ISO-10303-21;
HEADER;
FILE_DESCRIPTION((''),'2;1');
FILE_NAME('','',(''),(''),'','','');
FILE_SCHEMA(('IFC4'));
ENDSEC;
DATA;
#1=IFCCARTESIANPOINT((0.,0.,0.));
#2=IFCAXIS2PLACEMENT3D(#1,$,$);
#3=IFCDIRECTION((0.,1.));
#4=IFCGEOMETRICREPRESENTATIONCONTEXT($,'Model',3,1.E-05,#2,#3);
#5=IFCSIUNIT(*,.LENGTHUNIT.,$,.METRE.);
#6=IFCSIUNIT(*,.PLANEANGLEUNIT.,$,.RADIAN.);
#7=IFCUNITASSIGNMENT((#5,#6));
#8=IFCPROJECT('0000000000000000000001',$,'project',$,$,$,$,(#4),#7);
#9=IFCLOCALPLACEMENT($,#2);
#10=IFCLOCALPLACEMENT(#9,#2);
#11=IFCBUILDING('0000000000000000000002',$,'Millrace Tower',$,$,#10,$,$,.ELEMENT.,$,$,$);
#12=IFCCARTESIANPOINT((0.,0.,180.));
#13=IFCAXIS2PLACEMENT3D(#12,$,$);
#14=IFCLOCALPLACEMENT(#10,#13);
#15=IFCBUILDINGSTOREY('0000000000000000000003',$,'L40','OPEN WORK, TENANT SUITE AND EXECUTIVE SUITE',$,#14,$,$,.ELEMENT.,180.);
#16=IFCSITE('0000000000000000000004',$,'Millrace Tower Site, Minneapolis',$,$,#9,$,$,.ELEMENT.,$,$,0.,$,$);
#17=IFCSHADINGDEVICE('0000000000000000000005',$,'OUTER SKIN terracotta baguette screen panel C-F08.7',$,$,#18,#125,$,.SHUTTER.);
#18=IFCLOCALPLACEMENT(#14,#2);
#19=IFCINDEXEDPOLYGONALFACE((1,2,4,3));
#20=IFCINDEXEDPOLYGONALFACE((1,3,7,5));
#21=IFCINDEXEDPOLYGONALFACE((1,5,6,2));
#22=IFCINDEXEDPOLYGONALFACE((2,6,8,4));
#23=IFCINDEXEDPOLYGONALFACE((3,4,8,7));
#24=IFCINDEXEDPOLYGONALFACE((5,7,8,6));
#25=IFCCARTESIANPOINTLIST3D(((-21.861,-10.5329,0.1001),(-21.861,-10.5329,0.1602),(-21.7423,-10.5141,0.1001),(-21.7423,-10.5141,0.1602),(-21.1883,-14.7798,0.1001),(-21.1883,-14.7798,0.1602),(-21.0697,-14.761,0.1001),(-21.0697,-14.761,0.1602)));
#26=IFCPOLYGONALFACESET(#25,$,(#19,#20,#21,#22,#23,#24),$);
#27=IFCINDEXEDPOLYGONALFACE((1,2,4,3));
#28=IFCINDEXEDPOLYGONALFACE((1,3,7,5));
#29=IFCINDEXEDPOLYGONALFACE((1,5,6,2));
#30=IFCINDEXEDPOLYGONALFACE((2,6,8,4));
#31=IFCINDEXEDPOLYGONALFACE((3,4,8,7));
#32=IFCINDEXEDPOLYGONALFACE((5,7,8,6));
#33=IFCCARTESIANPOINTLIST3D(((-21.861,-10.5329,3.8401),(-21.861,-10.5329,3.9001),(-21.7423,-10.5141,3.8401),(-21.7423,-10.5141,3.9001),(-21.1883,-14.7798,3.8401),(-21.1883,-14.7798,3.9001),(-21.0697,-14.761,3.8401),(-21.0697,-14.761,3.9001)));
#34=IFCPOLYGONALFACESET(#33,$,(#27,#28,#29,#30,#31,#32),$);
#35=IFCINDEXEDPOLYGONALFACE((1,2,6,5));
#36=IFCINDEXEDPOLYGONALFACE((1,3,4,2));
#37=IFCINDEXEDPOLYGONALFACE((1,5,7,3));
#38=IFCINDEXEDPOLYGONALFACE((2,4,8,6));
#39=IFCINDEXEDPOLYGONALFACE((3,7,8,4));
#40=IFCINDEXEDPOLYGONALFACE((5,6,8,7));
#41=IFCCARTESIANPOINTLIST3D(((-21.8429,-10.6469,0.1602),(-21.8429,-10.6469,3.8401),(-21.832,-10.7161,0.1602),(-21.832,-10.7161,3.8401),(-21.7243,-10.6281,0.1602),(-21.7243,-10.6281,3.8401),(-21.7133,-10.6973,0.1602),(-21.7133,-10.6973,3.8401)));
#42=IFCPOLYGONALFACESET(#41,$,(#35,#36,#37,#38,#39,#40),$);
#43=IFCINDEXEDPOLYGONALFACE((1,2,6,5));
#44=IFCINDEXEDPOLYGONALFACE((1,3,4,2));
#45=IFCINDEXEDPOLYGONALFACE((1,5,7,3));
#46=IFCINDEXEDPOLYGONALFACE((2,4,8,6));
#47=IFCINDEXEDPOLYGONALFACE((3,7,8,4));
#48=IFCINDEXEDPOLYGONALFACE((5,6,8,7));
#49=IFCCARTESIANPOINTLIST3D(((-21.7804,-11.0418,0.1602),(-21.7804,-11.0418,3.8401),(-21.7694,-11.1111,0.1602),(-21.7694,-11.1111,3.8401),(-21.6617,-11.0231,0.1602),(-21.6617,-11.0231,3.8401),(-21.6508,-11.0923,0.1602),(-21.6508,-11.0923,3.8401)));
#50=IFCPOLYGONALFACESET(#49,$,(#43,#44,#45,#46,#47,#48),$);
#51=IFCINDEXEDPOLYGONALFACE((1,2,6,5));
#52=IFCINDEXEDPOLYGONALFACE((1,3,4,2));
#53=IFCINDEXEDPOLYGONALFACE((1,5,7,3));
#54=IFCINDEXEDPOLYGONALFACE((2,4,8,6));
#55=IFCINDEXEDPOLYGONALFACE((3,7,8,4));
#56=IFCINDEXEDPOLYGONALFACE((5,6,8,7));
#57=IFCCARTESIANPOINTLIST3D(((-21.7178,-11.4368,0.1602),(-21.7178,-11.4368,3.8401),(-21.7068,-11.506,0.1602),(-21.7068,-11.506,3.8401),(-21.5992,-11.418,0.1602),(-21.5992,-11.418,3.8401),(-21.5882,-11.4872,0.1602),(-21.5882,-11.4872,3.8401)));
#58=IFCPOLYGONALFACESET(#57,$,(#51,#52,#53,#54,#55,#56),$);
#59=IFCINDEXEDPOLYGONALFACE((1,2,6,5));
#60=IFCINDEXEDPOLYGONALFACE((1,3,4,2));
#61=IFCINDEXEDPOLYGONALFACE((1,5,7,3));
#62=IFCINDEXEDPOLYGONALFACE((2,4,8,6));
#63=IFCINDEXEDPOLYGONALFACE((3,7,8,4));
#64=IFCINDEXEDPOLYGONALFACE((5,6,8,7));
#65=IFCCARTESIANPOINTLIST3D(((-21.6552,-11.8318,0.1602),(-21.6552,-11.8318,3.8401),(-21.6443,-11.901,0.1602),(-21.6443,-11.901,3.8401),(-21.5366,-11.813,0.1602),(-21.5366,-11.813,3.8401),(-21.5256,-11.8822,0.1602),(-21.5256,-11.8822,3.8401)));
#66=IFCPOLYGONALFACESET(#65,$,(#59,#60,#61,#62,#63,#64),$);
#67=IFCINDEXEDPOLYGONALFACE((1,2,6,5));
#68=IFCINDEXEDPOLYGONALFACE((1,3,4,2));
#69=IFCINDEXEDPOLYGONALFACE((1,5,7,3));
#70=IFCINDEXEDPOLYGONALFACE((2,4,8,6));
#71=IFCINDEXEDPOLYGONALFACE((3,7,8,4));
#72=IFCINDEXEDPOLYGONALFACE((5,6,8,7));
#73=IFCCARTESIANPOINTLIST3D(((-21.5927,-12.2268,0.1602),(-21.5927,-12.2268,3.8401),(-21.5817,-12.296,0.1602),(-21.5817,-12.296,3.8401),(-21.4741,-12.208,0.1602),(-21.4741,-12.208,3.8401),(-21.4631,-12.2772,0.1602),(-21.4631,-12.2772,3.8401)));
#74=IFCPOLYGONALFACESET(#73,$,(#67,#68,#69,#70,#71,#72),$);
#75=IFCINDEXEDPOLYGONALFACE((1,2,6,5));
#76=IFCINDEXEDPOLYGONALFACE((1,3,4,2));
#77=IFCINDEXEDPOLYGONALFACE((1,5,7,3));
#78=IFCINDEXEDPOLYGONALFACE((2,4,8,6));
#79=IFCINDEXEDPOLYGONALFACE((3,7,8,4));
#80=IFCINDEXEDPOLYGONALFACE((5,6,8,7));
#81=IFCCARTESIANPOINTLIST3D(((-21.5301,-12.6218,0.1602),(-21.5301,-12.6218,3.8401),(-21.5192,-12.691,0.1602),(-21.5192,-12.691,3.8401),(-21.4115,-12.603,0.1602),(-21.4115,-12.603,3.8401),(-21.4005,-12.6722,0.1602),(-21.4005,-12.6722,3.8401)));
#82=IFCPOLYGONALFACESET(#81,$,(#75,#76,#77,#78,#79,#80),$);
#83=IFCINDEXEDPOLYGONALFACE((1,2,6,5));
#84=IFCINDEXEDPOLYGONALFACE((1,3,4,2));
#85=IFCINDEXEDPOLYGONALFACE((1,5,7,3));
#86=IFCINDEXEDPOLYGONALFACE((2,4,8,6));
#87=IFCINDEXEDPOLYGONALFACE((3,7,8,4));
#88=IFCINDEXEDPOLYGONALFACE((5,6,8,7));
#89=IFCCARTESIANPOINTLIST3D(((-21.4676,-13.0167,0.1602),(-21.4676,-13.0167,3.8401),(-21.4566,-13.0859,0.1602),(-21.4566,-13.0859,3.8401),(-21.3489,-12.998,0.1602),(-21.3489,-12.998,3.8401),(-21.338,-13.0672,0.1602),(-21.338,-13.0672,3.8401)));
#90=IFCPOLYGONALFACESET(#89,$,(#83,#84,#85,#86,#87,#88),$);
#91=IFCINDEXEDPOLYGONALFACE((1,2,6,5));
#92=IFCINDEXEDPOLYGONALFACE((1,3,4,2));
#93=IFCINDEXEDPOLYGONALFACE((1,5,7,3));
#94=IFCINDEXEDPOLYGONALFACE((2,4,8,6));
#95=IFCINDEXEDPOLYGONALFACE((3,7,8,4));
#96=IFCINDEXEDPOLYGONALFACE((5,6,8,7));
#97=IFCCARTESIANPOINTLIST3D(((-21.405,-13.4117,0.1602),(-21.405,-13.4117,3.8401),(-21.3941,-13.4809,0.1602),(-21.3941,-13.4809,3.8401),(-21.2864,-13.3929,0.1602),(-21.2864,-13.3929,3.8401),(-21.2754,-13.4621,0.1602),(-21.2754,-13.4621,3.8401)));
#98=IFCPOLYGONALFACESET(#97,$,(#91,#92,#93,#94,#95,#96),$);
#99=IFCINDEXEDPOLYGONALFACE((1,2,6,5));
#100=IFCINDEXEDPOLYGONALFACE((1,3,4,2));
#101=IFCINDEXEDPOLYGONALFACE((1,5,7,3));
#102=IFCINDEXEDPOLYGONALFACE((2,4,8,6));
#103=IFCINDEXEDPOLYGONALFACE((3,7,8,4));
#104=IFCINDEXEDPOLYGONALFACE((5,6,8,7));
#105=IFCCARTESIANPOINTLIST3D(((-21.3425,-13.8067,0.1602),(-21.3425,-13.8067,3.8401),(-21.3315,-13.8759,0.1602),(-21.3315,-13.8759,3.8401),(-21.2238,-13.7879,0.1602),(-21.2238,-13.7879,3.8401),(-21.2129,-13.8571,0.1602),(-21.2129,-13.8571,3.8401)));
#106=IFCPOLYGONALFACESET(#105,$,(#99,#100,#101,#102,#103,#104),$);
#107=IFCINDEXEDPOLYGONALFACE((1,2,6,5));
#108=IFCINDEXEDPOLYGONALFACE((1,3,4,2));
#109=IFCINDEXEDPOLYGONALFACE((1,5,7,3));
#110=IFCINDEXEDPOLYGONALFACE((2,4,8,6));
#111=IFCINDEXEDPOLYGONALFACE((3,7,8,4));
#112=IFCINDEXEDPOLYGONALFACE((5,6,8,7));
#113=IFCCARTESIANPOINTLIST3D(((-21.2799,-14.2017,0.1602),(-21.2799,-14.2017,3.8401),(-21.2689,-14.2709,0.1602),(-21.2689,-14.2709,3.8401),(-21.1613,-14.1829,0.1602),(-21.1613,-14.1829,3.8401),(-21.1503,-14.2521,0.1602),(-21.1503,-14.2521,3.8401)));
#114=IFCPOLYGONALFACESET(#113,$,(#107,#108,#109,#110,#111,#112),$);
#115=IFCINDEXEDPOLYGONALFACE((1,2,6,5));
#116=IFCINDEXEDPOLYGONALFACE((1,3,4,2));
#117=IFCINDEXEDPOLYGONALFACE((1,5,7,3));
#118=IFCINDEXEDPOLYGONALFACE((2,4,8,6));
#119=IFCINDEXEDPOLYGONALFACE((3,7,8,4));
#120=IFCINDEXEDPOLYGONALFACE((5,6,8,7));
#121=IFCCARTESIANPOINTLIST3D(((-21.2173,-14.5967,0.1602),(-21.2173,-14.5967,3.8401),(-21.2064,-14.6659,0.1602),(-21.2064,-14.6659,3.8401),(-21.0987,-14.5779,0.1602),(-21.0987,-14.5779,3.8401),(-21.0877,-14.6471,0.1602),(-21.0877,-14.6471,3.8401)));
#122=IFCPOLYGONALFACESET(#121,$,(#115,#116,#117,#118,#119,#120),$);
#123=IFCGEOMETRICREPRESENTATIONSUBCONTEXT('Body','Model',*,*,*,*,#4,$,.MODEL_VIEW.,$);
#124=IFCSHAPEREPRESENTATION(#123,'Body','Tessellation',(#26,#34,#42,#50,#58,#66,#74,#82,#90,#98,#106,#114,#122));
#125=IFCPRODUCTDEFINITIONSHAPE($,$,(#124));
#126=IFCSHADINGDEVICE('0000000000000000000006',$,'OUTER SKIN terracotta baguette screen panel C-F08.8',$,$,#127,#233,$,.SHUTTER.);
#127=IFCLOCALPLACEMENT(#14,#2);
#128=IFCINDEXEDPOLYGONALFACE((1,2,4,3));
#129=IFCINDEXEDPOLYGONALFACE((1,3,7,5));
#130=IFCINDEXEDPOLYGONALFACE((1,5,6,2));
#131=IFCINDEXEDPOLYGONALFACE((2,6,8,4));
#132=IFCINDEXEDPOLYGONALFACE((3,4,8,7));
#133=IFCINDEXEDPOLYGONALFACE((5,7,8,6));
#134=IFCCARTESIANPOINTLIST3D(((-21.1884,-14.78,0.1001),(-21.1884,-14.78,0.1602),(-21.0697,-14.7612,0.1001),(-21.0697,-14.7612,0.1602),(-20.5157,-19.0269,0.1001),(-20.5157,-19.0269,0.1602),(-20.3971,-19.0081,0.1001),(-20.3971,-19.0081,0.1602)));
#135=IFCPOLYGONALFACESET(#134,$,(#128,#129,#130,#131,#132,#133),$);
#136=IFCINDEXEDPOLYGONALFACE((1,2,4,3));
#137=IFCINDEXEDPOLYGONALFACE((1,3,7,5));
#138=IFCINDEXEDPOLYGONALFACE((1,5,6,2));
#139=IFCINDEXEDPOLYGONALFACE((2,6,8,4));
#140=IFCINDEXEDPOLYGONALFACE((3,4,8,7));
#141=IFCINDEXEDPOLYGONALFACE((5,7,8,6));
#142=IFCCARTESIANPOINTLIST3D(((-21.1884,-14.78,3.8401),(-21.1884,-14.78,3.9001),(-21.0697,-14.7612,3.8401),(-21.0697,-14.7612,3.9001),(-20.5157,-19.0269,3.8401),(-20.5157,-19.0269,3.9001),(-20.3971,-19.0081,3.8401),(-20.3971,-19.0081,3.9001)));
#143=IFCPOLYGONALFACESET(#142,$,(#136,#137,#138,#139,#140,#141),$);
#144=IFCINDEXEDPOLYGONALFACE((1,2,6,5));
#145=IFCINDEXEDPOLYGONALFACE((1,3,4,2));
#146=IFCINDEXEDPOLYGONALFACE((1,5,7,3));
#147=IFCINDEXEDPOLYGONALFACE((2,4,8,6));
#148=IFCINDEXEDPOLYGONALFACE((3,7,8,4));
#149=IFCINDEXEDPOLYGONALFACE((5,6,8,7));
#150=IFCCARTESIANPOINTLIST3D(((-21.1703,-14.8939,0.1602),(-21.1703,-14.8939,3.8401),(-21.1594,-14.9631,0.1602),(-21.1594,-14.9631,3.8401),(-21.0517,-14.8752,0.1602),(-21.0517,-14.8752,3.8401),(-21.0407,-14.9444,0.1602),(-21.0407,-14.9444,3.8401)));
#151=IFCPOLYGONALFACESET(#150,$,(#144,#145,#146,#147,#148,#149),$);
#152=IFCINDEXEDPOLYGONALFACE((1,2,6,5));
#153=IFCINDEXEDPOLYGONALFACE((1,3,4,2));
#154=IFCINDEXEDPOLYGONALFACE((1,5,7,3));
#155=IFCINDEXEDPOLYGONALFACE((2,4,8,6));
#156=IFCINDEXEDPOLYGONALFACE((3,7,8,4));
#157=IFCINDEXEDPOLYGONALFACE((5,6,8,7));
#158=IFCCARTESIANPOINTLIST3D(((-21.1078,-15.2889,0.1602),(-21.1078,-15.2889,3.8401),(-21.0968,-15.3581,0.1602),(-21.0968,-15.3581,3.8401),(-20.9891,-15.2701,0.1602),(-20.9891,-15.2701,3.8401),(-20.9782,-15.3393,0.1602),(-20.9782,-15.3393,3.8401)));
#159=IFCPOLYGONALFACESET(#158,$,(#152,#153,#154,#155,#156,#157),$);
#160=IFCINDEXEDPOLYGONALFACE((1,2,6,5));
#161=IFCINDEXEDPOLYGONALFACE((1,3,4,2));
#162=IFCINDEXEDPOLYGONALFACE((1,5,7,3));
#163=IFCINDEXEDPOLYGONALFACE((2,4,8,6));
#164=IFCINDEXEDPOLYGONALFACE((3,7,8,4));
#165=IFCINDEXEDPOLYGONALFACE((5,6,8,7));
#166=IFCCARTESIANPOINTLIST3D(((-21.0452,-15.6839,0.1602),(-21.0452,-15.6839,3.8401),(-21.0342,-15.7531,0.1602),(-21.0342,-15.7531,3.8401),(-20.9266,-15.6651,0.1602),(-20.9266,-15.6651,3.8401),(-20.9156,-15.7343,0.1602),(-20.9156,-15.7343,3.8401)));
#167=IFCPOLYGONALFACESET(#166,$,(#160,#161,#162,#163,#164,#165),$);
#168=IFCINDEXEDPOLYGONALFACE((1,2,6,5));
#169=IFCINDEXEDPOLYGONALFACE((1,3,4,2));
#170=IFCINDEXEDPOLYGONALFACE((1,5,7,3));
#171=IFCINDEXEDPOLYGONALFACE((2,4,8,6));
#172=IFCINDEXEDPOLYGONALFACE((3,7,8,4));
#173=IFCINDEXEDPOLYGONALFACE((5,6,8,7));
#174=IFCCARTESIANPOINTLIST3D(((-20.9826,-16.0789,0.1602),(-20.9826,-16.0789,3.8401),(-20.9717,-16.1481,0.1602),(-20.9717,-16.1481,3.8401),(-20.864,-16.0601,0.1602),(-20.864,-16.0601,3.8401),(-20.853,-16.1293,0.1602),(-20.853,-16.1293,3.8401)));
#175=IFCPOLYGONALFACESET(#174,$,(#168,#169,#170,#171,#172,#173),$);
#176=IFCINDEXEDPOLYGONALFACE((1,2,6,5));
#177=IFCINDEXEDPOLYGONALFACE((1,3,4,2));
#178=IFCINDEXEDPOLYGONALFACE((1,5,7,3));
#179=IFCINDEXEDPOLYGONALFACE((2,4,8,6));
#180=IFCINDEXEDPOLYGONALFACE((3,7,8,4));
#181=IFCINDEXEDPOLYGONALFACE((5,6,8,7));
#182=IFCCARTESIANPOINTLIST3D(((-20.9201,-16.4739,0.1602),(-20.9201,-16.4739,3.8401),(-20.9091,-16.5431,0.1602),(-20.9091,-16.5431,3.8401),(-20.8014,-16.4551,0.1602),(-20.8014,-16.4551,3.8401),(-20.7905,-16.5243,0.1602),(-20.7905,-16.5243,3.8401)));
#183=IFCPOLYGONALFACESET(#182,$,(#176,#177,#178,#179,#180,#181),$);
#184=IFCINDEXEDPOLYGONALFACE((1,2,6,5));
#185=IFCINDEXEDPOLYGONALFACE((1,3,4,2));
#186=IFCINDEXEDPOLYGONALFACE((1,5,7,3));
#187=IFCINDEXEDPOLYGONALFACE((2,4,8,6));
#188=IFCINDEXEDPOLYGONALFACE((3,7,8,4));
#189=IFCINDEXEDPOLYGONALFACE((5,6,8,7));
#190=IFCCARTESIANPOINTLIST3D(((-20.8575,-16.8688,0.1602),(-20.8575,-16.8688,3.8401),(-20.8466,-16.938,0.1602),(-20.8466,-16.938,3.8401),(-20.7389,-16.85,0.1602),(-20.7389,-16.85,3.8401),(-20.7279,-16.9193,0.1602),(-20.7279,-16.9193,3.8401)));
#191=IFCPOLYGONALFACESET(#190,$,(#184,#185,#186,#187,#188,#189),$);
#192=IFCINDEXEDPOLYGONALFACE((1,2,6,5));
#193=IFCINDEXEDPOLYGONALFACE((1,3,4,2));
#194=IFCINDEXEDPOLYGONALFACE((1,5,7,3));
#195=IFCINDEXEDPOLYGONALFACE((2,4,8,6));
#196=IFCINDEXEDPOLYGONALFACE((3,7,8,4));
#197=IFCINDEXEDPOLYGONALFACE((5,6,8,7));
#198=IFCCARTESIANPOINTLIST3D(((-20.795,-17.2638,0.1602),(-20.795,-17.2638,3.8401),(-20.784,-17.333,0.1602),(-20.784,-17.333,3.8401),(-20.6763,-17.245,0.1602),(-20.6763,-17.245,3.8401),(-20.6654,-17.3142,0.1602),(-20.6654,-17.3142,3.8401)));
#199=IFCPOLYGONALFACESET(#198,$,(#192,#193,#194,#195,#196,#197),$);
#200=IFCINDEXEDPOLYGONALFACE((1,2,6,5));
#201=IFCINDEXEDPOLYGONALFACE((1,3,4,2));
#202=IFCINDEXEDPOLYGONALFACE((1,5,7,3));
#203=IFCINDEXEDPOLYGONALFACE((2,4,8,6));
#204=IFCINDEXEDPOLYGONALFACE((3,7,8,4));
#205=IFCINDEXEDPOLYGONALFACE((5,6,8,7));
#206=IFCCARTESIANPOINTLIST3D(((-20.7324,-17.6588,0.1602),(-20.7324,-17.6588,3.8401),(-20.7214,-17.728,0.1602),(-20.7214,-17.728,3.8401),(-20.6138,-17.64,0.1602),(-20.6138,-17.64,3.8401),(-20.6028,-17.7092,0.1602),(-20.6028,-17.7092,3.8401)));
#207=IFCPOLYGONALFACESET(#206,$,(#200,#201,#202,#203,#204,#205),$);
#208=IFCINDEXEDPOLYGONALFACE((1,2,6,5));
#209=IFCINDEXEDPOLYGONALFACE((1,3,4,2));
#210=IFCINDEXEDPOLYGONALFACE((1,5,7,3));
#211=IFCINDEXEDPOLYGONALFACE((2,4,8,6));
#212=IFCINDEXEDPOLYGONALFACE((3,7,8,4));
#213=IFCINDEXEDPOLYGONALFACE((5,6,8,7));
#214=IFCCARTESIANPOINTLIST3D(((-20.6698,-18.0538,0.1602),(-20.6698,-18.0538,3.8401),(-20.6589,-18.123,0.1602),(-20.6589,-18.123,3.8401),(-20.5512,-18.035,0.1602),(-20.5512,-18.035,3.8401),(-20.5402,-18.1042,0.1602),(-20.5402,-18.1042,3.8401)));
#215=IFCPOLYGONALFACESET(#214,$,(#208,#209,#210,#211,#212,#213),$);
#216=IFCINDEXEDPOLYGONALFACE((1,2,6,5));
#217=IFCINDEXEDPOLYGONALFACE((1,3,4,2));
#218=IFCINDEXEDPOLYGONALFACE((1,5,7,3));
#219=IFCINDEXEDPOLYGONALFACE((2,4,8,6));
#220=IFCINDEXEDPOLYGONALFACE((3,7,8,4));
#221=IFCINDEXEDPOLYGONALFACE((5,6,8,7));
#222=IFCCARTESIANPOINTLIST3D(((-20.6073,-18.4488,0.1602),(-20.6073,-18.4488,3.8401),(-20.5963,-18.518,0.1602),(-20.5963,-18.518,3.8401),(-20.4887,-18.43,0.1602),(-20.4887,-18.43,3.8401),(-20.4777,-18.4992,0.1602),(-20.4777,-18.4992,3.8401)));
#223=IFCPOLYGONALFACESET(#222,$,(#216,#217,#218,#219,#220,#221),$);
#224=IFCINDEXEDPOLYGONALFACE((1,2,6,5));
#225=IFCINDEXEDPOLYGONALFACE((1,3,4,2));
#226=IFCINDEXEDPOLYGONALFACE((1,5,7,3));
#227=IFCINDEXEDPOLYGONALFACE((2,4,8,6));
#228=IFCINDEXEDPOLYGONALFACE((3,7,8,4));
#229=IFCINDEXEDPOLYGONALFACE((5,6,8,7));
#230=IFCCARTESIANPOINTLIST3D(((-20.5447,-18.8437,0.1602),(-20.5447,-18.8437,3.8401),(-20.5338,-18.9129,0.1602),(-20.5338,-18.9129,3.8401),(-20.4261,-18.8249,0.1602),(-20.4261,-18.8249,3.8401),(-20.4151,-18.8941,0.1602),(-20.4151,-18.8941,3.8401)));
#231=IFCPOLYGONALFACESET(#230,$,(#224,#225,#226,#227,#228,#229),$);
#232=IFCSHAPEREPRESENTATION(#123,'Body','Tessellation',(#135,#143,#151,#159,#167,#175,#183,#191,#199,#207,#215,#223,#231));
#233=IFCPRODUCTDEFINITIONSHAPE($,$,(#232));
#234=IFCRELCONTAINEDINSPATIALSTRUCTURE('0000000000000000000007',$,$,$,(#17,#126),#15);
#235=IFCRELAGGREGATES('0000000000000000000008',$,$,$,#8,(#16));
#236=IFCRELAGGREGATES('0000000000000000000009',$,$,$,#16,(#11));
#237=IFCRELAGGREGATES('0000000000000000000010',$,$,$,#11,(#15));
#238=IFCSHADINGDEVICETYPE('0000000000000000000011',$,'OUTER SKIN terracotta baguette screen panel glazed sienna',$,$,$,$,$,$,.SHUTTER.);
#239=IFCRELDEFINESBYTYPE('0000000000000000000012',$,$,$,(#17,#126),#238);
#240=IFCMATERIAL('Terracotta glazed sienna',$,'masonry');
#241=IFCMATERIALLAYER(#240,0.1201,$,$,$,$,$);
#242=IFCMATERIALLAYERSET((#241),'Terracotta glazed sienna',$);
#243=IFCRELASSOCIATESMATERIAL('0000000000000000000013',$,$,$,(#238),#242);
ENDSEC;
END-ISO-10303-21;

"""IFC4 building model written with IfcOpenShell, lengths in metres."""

from ifc_helpers import new_model, entity, si_unit, direction, frame, frame_2d, origin, origin_2d, place, context, subcontext, project, spatial, rectangle, extrude, source, transform, mapped, material, layer, layer_set, type_object, element, save


model = new_model("IFC4")

# Units and contexts
model_context = context("Model", 3, precision=1e-05, world=origin(), true_north=direction((0.0, 1.0)))
body_context = subcontext(model_context, "Body", "Model", "MODEL_VIEW")
ifc_project = project(units=[si_unit("LENGTHUNIT", "METRE"), si_unit("PLANEANGLEUNIT", "RADIAN")], contexts=[model_context])

# Site, building, storey
site_placement = place(None, origin())
site = spatial("IfcSite", under=ifc_project, at=site_placement, Name="Millrace Tower Site, Minneapolis", CompositionType="ELEMENT", RefElevation=0.0)
building_placement = place(site_placement, origin())
building = spatial("IfcBuilding", under=site, at=building_placement, Name="Millrace Tower", CompositionType="ELEMENT")
storey_placement = place(building_placement, frame((0.0, 0.0, 180.0)))
storey = spatial("IfcBuildingStorey", under=building, at=storey_placement, Name="L40", Description="OPEN WORK, TENANT SUITE AND EXECUTIVE SUITE", CompositionType="ELEMENT", Elevation=180.0)

# Shading devices
ifc_material_1 = material(Name="Terracotta glazed sienna", Category="masonry")
ifc_layer_1 = layer(ifc_material_1, 0.1201)
ifc_layer_set_1 = layer_set([ifc_layer_1], Name="Terracotta glazed sienna")
shading_device_type = type_object("IfcShadingDeviceType", Name="OUTER SKIN terracotta baguette screen panel glazed sienna", PredefinedType="SHUTTER", material=ifc_layer_set_1)
cartesian_point_1 = entity("IfcCartesianPoint", [-2.1499, 0.0601])
shared_polyline_1 = entity("IfcPolyline", [cartesian_point_1, entity("IfcCartesianPoint", [2.1499, 0.0601]), entity("IfcCartesianPoint", [2.1499, -0.0601]), entity("IfcCartesianPoint", [-2.1499, -0.0601]), cartesian_point_1])
shared_shape_1 = source(origin(), body_context, "Body", "SweptSolid", [
    entity("IfcExtrudedAreaSolid", entity("IfcArbitraryClosedProfileDef", "AREA", None, shared_polyline_1), entity("IfcAxis2Placement3D", entity("IfcCartesianPoint", [0.0, 0.0, 0.0])), entity("IfcDirection", [0.0, 0.0, 1.0]), 0.0601),
    entity("IfcExtrudedAreaSolid", entity("IfcArbitraryClosedProfileDef", "AREA", None, shared_polyline_1), entity("IfcAxis2Placement3D", entity("IfcCartesianPoint", [0.0, 0.0, 3.74])), entity("IfcDirection", [0.0, 0.0, 1.0]), 0.0601),
    extrude(rectangle(XDim=0.0701, YDim=0.1201, at=frame_2d((-1.9995, 0.0))), frame((0.0, 0.0, 0.0601)), (0.0, 0.0, 1.0), 3.6799),
    extrude(rectangle(XDim=0.0701, YDim=0.1201, at=frame_2d((-1.5996, 0.0))), frame((0.0, 0.0, 0.0601)), (0.0, 0.0, 1.0), 3.6799),
    extrude(rectangle(XDim=0.0701, YDim=0.1201, at=frame_2d((-1.1997, 0.0))), frame((0.0, 0.0, 0.0601)), (0.0, 0.0, 1.0), 3.6799),
    extrude(rectangle(XDim=0.0701, YDim=0.1201, at=frame_2d((-0.7998, 0.0))), frame((0.0, 0.0, 0.0601)), (0.0, 0.0, 1.0), 3.6799),
    extrude(rectangle(XDim=0.0701, YDim=0.1201, at=frame_2d((-0.3999, 0.0))), frame((0.0, 0.0, 0.0601)), (0.0, 0.0, 1.0), 3.6799),
    extrude(rectangle(XDim=0.0701, YDim=0.1201, at=origin_2d()), frame((0.0, 0.0, 0.0601)), (0.0, 0.0, 1.0), 3.6799),
    extrude(rectangle(XDim=0.0701, YDim=0.1201, at=frame_2d((0.3999, 0.0))), frame((0.0, 0.0, 0.0601)), (0.0, 0.0, 1.0), 3.6799),
    extrude(rectangle(XDim=0.0701, YDim=0.1201, at=frame_2d((0.7998, 0.0))), frame((0.0, 0.0, 0.0601)), (0.0, 0.0, 1.0), 3.6799),
    extrude(rectangle(XDim=0.0701, YDim=0.1201, at=frame_2d((1.1997, 0.0))), frame((0.0, 0.0, 0.0601)), (0.0, 0.0, 1.0), 3.6799),
    extrude(rectangle(XDim=0.0701, YDim=0.1201, at=frame_2d((1.5996, 0.0))), frame((0.0, 0.0, 0.0601)), (0.0, 0.0, 1.0), 3.6799),
    extrude(rectangle(XDim=0.0701, YDim=0.1201, at=frame_2d((1.9995, 0.0))), frame((0.0, 0.0, 0.0601)), (0.0, 0.0, 1.0), 3.6799),
])
for number, where, z_axis, x_axis, name in (
    (1, (-21.4653, -12.647, 0.1001), (0.0, 0.0, 1.0), (0.156434, -0.987688, 0.0), "OUTER SKIN terracotta baguette screen panel C-F08.7"),
    (2, (-20.7927, -16.894, 0.1001), (0.0, 0.0, 1.0), (0.156434, -0.987688, 0.0), "OUTER SKIN terracotta baguette screen panel C-F08.8"),
):
    element("IfcShadingDevice", number, at=place(storey_placement, frame(where, z_axis=z_axis, x_axis=x_axis)), inside=storey, type_object=shading_device_type, Name=name, PredefinedType="SHUTTER", context=body_context, shape_type="MappedRepresentation", body=[
        mapped(shared_shape_1, transform((0.0, 0.0, 0.0), scale=1.0)),
    ])

save(model, "model.ifc")
